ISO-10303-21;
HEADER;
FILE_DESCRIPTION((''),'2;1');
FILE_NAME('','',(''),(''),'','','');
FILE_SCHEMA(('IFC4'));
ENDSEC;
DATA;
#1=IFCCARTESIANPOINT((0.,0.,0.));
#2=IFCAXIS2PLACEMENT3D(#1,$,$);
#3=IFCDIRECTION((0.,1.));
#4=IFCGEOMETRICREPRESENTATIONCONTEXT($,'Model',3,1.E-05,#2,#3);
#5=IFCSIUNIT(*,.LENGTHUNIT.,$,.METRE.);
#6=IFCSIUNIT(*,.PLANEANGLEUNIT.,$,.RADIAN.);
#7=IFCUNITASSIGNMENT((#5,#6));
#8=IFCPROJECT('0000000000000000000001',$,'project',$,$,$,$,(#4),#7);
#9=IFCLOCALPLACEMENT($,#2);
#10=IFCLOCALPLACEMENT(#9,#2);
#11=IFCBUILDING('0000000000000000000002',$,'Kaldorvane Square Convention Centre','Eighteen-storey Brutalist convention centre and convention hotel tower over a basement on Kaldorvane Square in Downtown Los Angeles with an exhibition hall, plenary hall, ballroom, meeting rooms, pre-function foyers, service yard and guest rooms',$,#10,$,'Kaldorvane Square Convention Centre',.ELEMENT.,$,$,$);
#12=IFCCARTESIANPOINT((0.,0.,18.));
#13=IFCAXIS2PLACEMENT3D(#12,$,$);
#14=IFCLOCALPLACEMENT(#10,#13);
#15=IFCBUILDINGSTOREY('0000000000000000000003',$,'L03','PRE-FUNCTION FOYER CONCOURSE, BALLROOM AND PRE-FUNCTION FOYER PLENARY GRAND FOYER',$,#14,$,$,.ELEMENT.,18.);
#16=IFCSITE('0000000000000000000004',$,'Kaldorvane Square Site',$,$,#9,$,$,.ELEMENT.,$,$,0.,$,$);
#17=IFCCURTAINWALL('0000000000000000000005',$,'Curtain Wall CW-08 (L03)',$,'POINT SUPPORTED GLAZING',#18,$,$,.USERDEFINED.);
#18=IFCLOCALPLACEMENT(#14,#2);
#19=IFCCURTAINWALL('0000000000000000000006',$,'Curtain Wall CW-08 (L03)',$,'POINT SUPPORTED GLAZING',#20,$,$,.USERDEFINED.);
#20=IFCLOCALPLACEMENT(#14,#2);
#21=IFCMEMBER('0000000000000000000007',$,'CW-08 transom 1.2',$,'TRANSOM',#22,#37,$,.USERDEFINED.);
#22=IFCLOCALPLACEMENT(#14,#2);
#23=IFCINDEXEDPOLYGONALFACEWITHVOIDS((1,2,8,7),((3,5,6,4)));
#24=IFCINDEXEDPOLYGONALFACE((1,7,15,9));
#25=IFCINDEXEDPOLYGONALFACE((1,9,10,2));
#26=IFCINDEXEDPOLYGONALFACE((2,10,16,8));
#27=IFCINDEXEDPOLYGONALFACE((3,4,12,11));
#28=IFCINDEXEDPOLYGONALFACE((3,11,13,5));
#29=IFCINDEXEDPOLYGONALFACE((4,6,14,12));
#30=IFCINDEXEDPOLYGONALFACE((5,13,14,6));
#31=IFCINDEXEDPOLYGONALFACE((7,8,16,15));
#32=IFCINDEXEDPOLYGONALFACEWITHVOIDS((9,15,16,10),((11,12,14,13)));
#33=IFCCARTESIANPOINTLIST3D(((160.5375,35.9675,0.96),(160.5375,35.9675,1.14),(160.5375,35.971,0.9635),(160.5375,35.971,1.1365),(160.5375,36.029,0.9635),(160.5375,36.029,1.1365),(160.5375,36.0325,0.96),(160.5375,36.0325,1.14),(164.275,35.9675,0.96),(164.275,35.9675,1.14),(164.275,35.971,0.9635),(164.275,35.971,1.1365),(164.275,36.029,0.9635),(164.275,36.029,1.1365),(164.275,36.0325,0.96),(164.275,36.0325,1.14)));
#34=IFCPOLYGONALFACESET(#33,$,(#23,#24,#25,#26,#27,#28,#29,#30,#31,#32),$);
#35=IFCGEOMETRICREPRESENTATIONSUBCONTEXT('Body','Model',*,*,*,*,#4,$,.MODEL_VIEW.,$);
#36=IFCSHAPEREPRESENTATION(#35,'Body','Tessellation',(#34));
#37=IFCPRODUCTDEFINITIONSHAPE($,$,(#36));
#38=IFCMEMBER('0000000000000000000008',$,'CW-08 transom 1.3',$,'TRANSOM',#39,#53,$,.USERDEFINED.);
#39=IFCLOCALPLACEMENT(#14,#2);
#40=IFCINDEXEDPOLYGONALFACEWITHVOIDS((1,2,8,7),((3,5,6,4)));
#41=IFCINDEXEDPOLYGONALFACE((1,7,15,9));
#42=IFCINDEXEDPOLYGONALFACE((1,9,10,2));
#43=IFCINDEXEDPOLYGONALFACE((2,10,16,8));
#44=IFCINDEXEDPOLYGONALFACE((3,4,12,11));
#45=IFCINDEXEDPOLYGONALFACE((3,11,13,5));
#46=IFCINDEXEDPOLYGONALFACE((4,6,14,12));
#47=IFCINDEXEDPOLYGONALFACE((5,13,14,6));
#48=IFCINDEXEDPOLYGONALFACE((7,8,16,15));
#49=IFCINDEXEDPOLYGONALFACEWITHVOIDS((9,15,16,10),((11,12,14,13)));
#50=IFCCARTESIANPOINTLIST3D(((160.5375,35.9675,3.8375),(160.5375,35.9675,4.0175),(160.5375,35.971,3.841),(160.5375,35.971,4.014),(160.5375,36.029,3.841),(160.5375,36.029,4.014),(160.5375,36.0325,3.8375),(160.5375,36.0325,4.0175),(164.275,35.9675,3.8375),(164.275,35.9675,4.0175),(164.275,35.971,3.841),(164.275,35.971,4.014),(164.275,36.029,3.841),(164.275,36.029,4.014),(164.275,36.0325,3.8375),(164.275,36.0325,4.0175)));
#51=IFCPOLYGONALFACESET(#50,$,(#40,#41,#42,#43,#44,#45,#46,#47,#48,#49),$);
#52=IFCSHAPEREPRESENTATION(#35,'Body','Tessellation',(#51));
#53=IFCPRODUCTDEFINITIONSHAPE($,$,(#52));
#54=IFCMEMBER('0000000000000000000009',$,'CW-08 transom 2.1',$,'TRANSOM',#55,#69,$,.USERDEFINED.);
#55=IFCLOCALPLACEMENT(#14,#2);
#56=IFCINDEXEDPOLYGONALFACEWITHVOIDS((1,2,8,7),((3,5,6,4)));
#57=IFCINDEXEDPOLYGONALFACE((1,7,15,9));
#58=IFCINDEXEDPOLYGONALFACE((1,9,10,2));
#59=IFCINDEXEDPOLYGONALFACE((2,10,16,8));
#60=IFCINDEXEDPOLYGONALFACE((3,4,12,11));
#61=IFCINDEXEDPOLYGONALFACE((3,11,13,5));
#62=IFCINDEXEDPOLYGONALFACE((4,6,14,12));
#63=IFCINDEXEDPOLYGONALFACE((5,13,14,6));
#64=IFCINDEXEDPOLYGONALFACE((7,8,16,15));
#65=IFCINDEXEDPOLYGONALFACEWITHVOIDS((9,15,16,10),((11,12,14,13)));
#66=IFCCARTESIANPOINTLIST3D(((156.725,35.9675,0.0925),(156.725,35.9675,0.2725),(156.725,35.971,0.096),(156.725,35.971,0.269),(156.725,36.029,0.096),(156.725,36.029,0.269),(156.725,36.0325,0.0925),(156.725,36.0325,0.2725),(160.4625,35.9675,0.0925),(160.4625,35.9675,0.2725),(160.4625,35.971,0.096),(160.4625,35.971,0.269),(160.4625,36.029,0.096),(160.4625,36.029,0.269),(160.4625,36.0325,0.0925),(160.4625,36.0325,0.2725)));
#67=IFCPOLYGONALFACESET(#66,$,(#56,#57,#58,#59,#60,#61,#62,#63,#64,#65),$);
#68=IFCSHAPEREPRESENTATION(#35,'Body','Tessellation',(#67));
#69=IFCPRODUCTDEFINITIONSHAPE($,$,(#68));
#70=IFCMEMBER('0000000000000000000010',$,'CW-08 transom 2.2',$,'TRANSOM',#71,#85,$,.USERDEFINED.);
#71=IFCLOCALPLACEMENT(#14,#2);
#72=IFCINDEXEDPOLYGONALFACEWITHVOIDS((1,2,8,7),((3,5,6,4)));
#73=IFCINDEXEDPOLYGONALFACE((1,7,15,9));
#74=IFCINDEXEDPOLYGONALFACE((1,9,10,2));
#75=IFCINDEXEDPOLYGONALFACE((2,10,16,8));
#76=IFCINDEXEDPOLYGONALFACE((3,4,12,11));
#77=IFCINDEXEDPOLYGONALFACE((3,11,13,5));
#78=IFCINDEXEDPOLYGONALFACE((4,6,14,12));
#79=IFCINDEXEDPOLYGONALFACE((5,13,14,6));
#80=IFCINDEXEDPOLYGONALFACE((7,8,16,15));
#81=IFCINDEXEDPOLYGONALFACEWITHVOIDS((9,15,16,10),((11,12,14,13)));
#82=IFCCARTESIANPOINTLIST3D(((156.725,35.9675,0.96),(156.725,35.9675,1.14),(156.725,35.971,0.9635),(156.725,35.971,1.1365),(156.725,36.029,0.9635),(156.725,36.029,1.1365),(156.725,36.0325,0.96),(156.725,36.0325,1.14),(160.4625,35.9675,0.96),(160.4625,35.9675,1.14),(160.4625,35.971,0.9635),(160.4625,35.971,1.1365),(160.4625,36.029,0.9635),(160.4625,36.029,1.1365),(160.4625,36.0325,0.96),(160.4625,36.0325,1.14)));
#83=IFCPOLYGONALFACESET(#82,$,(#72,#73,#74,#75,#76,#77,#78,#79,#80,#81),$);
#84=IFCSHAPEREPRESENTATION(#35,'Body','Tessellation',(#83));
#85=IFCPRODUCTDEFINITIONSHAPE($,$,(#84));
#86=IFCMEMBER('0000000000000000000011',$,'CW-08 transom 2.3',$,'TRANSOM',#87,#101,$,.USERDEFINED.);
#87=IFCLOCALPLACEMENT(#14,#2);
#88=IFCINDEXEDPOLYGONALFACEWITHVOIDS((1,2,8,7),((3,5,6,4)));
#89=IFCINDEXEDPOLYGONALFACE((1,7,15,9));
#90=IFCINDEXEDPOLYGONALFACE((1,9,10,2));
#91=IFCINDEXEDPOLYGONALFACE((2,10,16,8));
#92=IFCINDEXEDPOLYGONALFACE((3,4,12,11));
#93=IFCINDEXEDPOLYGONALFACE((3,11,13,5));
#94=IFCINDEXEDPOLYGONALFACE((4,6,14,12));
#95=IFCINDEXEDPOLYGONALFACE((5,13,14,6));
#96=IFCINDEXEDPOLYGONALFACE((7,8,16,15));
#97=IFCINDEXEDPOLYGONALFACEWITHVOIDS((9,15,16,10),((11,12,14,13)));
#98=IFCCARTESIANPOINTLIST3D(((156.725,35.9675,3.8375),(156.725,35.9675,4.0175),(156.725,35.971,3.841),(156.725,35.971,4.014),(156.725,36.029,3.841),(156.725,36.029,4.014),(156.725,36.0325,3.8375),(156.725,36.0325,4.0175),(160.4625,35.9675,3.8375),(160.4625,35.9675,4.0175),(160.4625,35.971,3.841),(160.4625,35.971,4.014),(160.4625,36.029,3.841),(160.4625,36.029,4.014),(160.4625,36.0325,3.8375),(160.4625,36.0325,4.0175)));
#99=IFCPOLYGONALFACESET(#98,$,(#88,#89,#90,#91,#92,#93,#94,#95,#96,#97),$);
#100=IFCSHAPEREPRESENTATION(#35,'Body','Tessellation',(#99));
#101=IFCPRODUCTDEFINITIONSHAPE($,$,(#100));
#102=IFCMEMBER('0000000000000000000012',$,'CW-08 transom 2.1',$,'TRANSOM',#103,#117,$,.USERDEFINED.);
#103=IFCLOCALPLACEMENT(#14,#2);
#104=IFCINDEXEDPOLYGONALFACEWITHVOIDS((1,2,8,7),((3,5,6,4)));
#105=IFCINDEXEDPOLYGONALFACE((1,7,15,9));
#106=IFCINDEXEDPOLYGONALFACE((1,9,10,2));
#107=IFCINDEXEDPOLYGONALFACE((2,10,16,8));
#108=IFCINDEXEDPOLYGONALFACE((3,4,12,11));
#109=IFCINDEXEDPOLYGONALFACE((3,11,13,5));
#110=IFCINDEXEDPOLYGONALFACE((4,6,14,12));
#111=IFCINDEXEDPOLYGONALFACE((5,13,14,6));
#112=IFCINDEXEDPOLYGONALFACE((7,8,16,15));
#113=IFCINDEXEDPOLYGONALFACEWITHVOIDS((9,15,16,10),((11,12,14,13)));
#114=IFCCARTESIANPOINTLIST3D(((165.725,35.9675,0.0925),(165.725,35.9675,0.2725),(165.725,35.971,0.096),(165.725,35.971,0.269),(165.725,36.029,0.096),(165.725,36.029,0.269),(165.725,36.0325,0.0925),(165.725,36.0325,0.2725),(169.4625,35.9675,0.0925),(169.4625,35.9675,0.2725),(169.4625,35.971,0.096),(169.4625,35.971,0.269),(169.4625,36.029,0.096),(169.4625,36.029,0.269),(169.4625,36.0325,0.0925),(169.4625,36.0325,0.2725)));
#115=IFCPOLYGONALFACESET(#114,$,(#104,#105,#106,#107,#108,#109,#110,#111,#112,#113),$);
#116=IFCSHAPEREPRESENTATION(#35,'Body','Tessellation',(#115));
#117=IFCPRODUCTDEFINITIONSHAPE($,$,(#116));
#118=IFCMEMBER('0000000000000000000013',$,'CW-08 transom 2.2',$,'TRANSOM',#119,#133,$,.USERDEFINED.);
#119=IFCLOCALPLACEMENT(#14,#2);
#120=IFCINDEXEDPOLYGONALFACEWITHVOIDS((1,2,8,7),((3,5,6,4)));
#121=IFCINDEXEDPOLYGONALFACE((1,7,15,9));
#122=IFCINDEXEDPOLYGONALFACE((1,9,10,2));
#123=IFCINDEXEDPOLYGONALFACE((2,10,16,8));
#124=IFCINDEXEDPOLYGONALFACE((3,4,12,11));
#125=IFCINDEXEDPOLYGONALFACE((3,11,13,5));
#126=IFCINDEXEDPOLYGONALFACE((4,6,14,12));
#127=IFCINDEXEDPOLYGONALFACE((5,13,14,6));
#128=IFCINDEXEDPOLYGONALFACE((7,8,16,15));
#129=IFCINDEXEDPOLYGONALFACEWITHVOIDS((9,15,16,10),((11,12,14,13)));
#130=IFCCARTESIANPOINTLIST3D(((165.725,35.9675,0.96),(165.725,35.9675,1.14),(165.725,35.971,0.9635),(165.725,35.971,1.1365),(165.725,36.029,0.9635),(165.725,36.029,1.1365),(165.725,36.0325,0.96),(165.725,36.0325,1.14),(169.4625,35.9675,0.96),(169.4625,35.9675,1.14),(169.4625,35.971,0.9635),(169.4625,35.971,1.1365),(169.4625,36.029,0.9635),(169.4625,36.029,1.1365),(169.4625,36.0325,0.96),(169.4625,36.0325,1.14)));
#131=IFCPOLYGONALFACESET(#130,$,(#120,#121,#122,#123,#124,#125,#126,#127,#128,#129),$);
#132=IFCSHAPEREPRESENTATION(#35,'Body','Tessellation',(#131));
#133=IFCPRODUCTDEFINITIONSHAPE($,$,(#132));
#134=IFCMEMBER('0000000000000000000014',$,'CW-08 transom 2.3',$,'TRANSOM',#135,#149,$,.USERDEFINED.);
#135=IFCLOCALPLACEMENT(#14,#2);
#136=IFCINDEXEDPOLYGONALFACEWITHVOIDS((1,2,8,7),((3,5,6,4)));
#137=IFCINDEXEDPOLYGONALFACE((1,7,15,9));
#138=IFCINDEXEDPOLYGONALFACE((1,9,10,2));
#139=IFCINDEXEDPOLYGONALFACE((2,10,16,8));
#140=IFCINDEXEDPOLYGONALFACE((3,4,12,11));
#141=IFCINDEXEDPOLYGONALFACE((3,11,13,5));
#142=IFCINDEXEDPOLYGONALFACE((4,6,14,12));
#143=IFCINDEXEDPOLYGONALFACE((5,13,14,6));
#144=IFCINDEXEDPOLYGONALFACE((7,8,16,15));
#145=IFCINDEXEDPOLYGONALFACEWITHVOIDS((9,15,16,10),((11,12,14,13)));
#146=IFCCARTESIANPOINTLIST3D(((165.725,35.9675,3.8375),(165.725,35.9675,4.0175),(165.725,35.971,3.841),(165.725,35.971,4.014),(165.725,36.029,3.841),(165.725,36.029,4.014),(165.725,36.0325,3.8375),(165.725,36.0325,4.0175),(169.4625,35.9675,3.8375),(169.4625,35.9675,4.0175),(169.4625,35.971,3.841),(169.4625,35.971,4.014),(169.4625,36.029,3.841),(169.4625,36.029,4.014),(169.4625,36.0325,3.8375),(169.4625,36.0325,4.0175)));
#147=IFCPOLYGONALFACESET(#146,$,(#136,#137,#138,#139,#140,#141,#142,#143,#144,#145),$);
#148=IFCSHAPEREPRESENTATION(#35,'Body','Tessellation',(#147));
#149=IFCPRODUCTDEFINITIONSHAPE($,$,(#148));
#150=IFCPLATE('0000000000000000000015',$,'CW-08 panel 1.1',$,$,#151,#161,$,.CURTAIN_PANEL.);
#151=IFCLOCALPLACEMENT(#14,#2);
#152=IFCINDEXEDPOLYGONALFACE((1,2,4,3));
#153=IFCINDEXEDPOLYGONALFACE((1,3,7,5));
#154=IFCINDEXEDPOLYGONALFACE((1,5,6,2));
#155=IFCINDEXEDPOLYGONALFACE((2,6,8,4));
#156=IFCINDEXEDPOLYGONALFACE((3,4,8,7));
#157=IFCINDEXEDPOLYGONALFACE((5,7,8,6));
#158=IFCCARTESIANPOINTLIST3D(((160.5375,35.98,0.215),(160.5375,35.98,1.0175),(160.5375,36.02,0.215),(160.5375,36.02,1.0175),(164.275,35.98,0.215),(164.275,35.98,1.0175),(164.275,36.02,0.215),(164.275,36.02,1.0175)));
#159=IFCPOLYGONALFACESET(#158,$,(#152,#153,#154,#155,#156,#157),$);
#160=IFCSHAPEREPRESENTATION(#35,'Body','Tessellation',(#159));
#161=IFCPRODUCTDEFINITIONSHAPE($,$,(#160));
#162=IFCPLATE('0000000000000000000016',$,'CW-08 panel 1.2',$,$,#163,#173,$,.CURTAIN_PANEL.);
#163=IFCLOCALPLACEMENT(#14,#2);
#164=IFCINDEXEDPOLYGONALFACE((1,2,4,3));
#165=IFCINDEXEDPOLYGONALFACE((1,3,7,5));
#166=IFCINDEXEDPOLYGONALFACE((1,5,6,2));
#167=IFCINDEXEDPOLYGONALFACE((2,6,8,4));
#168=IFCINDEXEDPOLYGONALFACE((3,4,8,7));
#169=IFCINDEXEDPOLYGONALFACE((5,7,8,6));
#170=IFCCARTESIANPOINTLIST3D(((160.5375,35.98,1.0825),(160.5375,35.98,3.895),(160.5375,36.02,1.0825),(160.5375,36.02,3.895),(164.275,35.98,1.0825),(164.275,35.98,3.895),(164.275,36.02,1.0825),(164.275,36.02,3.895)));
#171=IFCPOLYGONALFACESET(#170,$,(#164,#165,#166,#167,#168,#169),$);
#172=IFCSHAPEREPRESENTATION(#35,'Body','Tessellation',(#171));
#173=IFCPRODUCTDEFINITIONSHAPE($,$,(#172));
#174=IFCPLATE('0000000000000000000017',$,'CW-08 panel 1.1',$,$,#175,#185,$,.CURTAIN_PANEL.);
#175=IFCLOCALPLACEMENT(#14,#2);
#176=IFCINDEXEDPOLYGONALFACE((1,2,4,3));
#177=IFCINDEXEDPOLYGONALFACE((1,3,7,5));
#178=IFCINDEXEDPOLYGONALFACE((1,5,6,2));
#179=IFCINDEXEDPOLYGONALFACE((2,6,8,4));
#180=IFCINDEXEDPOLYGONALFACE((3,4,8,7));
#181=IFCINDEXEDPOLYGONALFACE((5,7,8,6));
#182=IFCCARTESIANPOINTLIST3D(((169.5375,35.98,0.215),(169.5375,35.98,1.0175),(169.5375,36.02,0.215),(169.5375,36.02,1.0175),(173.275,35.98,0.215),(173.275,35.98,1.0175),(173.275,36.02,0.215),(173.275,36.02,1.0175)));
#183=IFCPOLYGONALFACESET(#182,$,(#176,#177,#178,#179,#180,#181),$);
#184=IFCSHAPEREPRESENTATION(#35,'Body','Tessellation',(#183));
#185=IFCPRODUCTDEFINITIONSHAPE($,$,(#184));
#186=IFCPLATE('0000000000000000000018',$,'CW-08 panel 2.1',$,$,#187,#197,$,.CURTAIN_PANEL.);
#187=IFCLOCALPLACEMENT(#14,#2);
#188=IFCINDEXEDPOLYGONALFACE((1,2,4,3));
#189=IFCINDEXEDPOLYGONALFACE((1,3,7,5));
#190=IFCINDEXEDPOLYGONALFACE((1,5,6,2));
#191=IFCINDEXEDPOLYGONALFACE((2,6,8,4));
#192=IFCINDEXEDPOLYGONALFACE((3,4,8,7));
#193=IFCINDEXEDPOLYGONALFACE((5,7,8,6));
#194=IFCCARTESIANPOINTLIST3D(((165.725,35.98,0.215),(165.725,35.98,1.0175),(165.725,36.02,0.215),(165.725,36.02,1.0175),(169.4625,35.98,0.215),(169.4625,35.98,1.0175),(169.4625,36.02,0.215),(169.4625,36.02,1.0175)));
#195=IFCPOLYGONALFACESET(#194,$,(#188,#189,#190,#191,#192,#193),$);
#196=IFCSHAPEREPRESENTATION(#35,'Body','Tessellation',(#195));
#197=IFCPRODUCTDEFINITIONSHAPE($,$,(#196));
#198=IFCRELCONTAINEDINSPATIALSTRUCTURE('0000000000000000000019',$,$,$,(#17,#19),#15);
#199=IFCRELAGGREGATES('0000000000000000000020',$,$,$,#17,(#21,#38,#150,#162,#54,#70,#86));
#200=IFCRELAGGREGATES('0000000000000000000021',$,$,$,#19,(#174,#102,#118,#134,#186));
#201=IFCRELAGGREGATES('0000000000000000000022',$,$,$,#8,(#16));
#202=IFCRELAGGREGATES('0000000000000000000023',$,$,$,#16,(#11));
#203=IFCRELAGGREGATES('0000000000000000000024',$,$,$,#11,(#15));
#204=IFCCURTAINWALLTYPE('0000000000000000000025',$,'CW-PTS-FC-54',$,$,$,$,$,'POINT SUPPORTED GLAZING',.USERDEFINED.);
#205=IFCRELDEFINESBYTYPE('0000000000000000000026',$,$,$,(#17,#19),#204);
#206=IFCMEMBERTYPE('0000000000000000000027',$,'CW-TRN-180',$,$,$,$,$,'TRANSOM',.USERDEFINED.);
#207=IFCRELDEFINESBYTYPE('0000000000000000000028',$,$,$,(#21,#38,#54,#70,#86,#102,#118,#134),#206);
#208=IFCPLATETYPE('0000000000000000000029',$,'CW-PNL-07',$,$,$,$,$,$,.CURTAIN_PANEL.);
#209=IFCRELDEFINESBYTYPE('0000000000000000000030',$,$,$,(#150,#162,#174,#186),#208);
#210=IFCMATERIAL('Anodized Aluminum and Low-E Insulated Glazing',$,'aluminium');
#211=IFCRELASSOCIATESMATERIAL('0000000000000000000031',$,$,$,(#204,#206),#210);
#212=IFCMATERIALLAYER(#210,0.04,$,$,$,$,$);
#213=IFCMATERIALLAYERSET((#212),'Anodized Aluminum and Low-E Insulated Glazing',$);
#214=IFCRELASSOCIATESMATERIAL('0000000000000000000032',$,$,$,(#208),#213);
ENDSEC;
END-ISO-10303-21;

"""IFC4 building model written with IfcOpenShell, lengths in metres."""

from ifc_helpers import new_model, si_unit, direction, frame, origin, origin_2d, place, context, subcontext, project, spatial, rectangle, hollow_rectangle, extrude, material, layer, layer_set, material_profile, profile_set, type_object, element, aggregate, save


model = new_model("IFC4")

# Units and contexts
model_context = context("Model", 3, precision=1e-05, world=origin(), true_north=direction((0.0, 1.0)))
body_context = subcontext(model_context, "Body", "Model", "MODEL_VIEW")
ifc_project = project(units=[si_unit("LENGTHUNIT", "METRE"), si_unit("PLANEANGLEUNIT", "RADIAN")], contexts=[model_context])

# Site, building, storey
site_placement = place(None, origin())
site = spatial("IfcSite", under=ifc_project, at=site_placement, Name="Kaldorvane Square Site", CompositionType="ELEMENT", RefElevation=0.0)
building_placement = place(site_placement, origin())
building = spatial("IfcBuilding", under=site, at=building_placement, Name="Kaldorvane Square Convention Centre", Description="Eighteen-storey Brutalist convention centre and convention hotel tower over a basement on Kaldorvane Square in Downtown Los Angeles with an exhibition hall, plenary hall, ballroom, meeting rooms, pre-function foyers, service yard and guest rooms", LongName="Kaldorvane Square Convention Centre", CompositionType="ELEMENT")
storey_placement = place(building_placement, frame((0.0, 0.0, 18.0)))
storey = spatial("IfcBuildingStorey", under=building, at=storey_placement, Name="L03", Description="PRE-FUNCTION FOYER CONCOURSE, BALLROOM AND PRE-FUNCTION FOYER PLENARY GRAND FOYER", CompositionType="ELEMENT", Elevation=18.0)

# Curtain walls
ifc_material_1 = material(Name="Anodized Aluminum and Low-E Insulated Glazing", Category="aluminium")
curtain_wall_type = type_object("IfcCurtainWallType", Name="CW-PTS-FC-54", ElementType="POINT SUPPORTED GLAZING", PredefinedType="USERDEFINED", material=ifc_material_1)
curtain_wall_1_placement = place(storey_placement, origin())
curtain_wall_1 = element("IfcCurtainWall", 1, at=curtain_wall_1_placement, inside=storey, type_object=curtain_wall_type, Name="Curtain Wall CW-08 (L03)", ObjectType="POINT SUPPORTED GLAZING", PredefinedType="USERDEFINED")
curtain_wall_2_placement = place(storey_placement, origin())
curtain_wall_2 = element("IfcCurtainWall", 2, at=curtain_wall_2_placement, inside=storey, type_object=curtain_wall_type, Name="Curtain Wall CW-08 (L03)", ObjectType="POINT SUPPORTED GLAZING", PredefinedType="USERDEFINED")

# Members
ifc_material_profile_1 = material_profile(ifc_material_1, hollow_rectangle(XDim=0.065, YDim=0.18, WallThickness=0.0035, at=origin_2d()), Name="CWT-180X65")
ifc_profile_set_1 = profile_set([ifc_material_profile_1], Name="Anodized Aluminum and Low-E Insulated Glazing")
member_type_1 = type_object("IfcMemberType", Name="CW-TRN-180", ElementType="TRANSOM", PredefinedType="USERDEFINED", material=ifc_profile_set_1)
member_1_placement = place(storey_placement, frame((164.275, 36.0, 1.05), z_axis=(-1.0, 0.0, 0.0), x_axis=(0.0, -1.0, 0.0)))
member_1 = element("IfcMember", 3, at=member_1_placement, type_object=member_type_1, Name="CW-08 transom 1.2", ObjectType="TRANSOM", PredefinedType="USERDEFINED", context=body_context, shape_type="SweptSolid", body=[
    extrude(hollow_rectangle(XDim=0.065, YDim=0.18, WallThickness=0.0035, at=origin_2d()), origin(), (0.0, 0.0, 1.0), 3.7375),
])
member_2_placement = place(storey_placement, frame((164.275, 36.0, 3.9275), z_axis=(-1.0, 0.0, 0.0), x_axis=(0.0, -1.0, 0.0)))
member_2 = element("IfcMember", 4, at=member_2_placement, type_object=member_type_1, Name="CW-08 transom 1.3", ObjectType="TRANSOM", PredefinedType="USERDEFINED", context=body_context, shape_type="SweptSolid", body=[
    extrude(hollow_rectangle(XDim=0.065, YDim=0.18, WallThickness=0.0035, at=origin_2d()), origin(), (0.0, 0.0, 1.0), 3.7375),
])
member_3_placement = place(storey_placement, frame((160.4625, 36.0, 0.1825), z_axis=(-1.0, 0.0, 0.0), x_axis=(0.0, -1.0, 0.0)))
member_3 = element("IfcMember", 5, at=member_3_placement, type_object=member_type_1, Name="CW-08 transom 2.1", ObjectType="TRANSOM", PredefinedType="USERDEFINED", context=body_context, shape_type="SweptSolid", body=[
    extrude(hollow_rectangle(XDim=0.065, YDim=0.18, WallThickness=0.0035, at=origin_2d()), origin(), (0.0, 0.0, 1.0), 3.7375),
])
member_4_placement = place(storey_placement, frame((160.4625, 36.0, 1.05), z_axis=(-1.0, 0.0, 0.0), x_axis=(0.0, -1.0, 0.0)))
member_4 = element("IfcMember", 6, at=member_4_placement, type_object=member_type_1, Name="CW-08 transom 2.2", ObjectType="TRANSOM", PredefinedType="USERDEFINED", context=body_context, shape_type="SweptSolid", body=[
    extrude(hollow_rectangle(XDim=0.065, YDim=0.18, WallThickness=0.0035, at=origin_2d()), origin(), (0.0, 0.0, 1.0), 3.7375),
])
member_5_placement = place(storey_placement, frame((160.4625, 36.0, 3.9275), z_axis=(-1.0, 0.0, 0.0), x_axis=(0.0, -1.0, 0.0)))
member_5 = element("IfcMember", 7, at=member_5_placement, type_object=member_type_1, Name="CW-08 transom 2.3", ObjectType="TRANSOM", PredefinedType="USERDEFINED", context=body_context, shape_type="SweptSolid", body=[
    extrude(hollow_rectangle(XDim=0.065, YDim=0.18, WallThickness=0.0035, at=origin_2d()), origin(), (0.0, 0.0, 1.0), 3.7375),
])
member_6_placement = place(storey_placement, frame((169.4625, 36.0, 0.1825), z_axis=(-1.0, 0.0, 0.0), x_axis=(0.0, -1.0, 0.0)))
member_6 = element("IfcMember", 8, at=member_6_placement, type_object=member_type_1, Name="CW-08 transom 2.1", ObjectType="TRANSOM", PredefinedType="USERDEFINED", context=body_context, shape_type="SweptSolid", body=[
    extrude(hollow_rectangle(XDim=0.065, YDim=0.18, WallThickness=0.0035, at=origin_2d()), origin(), (0.0, 0.0, 1.0), 3.7375),
])
member_7_placement = place(storey_placement, frame((169.4625, 36.0, 1.05), z_axis=(-1.0, 0.0, 0.0), x_axis=(0.0, -1.0, 0.0)))
member_7 = element("IfcMember", 9, at=member_7_placement, type_object=member_type_1, Name="CW-08 transom 2.2", ObjectType="TRANSOM", PredefinedType="USERDEFINED", context=body_context, shape_type="SweptSolid", body=[
    extrude(hollow_rectangle(XDim=0.065, YDim=0.18, WallThickness=0.0035, at=origin_2d()), origin(), (0.0, 0.0, 1.0), 3.7375),
])
member_8_placement = place(storey_placement, frame((169.4625, 36.0, 3.9275), z_axis=(-1.0, 0.0, 0.0), x_axis=(0.0, -1.0, 0.0)))
member_8 = element("IfcMember", 10, at=member_8_placement, type_object=member_type_1, Name="CW-08 transom 2.3", ObjectType="TRANSOM", PredefinedType="USERDEFINED", context=body_context, shape_type="SweptSolid", body=[
    extrude(hollow_rectangle(XDim=0.065, YDim=0.18, WallThickness=0.0035, at=origin_2d()), origin(), (0.0, 0.0, 1.0), 3.7375),
])

# Plates
ifc_layer_1 = layer(ifc_material_1, 0.04)
ifc_layer_set_1 = layer_set([ifc_layer_1], Name="Anodized Aluminum and Low-E Insulated Glazing")
plate_type = type_object("IfcPlateType", Name="CW-PNL-07", PredefinedType="CURTAIN_PANEL", material=ifc_layer_set_1)
plate_1_placement = place(storey_placement, frame((162.4062, 36.0, 0.215), z_axis=(0.0, 0.0, 1.0), x_axis=(-1.0, 0.0, 0.0)))
plate_1 = element("IfcPlate", 11, at=plate_1_placement, type_object=plate_type, Name="CW-08 panel 1.1", PredefinedType="CURTAIN_PANEL", context=body_context, shape_type="SweptSolid", body=[
    extrude(rectangle(XDim=3.7375, YDim=0.04, at=origin_2d()), origin(), (0.0, 0.0, 1.0), 0.8025),
])
plate_2_placement = place(storey_placement, frame((162.4062, 36.0, 1.0825), z_axis=(0.0, 0.0, 1.0), x_axis=(-1.0, 0.0, 0.0)))
plate_2 = element("IfcPlate", 12, at=plate_2_placement, type_object=plate_type, Name="CW-08 panel 1.2", PredefinedType="CURTAIN_PANEL", context=body_context, shape_type="SweptSolid", body=[
    extrude(rectangle(XDim=3.7375, YDim=0.04, at=origin_2d()), origin(), (0.0, 0.0, 1.0), 2.8125),
])
aggregate(curtain_wall_1, [member_1, member_2, plate_1, plate_2, member_3, member_4, member_5])
plate_3_placement = place(storey_placement, frame((171.4062, 36.0, 0.215), z_axis=(0.0, 0.0, 1.0), x_axis=(-1.0, 0.0, 0.0)))
plate_3 = element("IfcPlate", 13, at=plate_3_placement, type_object=plate_type, Name="CW-08 panel 1.1", PredefinedType="CURTAIN_PANEL", context=body_context, shape_type="SweptSolid", body=[
    extrude(rectangle(XDim=3.7375, YDim=0.04, at=origin_2d()), origin(), (0.0, 0.0, 1.0), 0.8025),
])
plate_4_placement = place(storey_placement, frame((167.5938, 36.0, 0.215), z_axis=(0.0, 0.0, 1.0), x_axis=(-1.0, 0.0, 0.0)))
plate_4 = element("IfcPlate", 14, at=plate_4_placement, type_object=plate_type, Name="CW-08 panel 2.1", PredefinedType="CURTAIN_PANEL", context=body_context, shape_type="SweptSolid", body=[
    extrude(rectangle(XDim=3.7375, YDim=0.04, at=origin_2d()), origin(), (0.0, 0.0, 1.0), 0.8025),
])
aggregate(curtain_wall_2, [plate_3, member_6, member_7, member_8, plate_4])

save(model, "model.ifc")
